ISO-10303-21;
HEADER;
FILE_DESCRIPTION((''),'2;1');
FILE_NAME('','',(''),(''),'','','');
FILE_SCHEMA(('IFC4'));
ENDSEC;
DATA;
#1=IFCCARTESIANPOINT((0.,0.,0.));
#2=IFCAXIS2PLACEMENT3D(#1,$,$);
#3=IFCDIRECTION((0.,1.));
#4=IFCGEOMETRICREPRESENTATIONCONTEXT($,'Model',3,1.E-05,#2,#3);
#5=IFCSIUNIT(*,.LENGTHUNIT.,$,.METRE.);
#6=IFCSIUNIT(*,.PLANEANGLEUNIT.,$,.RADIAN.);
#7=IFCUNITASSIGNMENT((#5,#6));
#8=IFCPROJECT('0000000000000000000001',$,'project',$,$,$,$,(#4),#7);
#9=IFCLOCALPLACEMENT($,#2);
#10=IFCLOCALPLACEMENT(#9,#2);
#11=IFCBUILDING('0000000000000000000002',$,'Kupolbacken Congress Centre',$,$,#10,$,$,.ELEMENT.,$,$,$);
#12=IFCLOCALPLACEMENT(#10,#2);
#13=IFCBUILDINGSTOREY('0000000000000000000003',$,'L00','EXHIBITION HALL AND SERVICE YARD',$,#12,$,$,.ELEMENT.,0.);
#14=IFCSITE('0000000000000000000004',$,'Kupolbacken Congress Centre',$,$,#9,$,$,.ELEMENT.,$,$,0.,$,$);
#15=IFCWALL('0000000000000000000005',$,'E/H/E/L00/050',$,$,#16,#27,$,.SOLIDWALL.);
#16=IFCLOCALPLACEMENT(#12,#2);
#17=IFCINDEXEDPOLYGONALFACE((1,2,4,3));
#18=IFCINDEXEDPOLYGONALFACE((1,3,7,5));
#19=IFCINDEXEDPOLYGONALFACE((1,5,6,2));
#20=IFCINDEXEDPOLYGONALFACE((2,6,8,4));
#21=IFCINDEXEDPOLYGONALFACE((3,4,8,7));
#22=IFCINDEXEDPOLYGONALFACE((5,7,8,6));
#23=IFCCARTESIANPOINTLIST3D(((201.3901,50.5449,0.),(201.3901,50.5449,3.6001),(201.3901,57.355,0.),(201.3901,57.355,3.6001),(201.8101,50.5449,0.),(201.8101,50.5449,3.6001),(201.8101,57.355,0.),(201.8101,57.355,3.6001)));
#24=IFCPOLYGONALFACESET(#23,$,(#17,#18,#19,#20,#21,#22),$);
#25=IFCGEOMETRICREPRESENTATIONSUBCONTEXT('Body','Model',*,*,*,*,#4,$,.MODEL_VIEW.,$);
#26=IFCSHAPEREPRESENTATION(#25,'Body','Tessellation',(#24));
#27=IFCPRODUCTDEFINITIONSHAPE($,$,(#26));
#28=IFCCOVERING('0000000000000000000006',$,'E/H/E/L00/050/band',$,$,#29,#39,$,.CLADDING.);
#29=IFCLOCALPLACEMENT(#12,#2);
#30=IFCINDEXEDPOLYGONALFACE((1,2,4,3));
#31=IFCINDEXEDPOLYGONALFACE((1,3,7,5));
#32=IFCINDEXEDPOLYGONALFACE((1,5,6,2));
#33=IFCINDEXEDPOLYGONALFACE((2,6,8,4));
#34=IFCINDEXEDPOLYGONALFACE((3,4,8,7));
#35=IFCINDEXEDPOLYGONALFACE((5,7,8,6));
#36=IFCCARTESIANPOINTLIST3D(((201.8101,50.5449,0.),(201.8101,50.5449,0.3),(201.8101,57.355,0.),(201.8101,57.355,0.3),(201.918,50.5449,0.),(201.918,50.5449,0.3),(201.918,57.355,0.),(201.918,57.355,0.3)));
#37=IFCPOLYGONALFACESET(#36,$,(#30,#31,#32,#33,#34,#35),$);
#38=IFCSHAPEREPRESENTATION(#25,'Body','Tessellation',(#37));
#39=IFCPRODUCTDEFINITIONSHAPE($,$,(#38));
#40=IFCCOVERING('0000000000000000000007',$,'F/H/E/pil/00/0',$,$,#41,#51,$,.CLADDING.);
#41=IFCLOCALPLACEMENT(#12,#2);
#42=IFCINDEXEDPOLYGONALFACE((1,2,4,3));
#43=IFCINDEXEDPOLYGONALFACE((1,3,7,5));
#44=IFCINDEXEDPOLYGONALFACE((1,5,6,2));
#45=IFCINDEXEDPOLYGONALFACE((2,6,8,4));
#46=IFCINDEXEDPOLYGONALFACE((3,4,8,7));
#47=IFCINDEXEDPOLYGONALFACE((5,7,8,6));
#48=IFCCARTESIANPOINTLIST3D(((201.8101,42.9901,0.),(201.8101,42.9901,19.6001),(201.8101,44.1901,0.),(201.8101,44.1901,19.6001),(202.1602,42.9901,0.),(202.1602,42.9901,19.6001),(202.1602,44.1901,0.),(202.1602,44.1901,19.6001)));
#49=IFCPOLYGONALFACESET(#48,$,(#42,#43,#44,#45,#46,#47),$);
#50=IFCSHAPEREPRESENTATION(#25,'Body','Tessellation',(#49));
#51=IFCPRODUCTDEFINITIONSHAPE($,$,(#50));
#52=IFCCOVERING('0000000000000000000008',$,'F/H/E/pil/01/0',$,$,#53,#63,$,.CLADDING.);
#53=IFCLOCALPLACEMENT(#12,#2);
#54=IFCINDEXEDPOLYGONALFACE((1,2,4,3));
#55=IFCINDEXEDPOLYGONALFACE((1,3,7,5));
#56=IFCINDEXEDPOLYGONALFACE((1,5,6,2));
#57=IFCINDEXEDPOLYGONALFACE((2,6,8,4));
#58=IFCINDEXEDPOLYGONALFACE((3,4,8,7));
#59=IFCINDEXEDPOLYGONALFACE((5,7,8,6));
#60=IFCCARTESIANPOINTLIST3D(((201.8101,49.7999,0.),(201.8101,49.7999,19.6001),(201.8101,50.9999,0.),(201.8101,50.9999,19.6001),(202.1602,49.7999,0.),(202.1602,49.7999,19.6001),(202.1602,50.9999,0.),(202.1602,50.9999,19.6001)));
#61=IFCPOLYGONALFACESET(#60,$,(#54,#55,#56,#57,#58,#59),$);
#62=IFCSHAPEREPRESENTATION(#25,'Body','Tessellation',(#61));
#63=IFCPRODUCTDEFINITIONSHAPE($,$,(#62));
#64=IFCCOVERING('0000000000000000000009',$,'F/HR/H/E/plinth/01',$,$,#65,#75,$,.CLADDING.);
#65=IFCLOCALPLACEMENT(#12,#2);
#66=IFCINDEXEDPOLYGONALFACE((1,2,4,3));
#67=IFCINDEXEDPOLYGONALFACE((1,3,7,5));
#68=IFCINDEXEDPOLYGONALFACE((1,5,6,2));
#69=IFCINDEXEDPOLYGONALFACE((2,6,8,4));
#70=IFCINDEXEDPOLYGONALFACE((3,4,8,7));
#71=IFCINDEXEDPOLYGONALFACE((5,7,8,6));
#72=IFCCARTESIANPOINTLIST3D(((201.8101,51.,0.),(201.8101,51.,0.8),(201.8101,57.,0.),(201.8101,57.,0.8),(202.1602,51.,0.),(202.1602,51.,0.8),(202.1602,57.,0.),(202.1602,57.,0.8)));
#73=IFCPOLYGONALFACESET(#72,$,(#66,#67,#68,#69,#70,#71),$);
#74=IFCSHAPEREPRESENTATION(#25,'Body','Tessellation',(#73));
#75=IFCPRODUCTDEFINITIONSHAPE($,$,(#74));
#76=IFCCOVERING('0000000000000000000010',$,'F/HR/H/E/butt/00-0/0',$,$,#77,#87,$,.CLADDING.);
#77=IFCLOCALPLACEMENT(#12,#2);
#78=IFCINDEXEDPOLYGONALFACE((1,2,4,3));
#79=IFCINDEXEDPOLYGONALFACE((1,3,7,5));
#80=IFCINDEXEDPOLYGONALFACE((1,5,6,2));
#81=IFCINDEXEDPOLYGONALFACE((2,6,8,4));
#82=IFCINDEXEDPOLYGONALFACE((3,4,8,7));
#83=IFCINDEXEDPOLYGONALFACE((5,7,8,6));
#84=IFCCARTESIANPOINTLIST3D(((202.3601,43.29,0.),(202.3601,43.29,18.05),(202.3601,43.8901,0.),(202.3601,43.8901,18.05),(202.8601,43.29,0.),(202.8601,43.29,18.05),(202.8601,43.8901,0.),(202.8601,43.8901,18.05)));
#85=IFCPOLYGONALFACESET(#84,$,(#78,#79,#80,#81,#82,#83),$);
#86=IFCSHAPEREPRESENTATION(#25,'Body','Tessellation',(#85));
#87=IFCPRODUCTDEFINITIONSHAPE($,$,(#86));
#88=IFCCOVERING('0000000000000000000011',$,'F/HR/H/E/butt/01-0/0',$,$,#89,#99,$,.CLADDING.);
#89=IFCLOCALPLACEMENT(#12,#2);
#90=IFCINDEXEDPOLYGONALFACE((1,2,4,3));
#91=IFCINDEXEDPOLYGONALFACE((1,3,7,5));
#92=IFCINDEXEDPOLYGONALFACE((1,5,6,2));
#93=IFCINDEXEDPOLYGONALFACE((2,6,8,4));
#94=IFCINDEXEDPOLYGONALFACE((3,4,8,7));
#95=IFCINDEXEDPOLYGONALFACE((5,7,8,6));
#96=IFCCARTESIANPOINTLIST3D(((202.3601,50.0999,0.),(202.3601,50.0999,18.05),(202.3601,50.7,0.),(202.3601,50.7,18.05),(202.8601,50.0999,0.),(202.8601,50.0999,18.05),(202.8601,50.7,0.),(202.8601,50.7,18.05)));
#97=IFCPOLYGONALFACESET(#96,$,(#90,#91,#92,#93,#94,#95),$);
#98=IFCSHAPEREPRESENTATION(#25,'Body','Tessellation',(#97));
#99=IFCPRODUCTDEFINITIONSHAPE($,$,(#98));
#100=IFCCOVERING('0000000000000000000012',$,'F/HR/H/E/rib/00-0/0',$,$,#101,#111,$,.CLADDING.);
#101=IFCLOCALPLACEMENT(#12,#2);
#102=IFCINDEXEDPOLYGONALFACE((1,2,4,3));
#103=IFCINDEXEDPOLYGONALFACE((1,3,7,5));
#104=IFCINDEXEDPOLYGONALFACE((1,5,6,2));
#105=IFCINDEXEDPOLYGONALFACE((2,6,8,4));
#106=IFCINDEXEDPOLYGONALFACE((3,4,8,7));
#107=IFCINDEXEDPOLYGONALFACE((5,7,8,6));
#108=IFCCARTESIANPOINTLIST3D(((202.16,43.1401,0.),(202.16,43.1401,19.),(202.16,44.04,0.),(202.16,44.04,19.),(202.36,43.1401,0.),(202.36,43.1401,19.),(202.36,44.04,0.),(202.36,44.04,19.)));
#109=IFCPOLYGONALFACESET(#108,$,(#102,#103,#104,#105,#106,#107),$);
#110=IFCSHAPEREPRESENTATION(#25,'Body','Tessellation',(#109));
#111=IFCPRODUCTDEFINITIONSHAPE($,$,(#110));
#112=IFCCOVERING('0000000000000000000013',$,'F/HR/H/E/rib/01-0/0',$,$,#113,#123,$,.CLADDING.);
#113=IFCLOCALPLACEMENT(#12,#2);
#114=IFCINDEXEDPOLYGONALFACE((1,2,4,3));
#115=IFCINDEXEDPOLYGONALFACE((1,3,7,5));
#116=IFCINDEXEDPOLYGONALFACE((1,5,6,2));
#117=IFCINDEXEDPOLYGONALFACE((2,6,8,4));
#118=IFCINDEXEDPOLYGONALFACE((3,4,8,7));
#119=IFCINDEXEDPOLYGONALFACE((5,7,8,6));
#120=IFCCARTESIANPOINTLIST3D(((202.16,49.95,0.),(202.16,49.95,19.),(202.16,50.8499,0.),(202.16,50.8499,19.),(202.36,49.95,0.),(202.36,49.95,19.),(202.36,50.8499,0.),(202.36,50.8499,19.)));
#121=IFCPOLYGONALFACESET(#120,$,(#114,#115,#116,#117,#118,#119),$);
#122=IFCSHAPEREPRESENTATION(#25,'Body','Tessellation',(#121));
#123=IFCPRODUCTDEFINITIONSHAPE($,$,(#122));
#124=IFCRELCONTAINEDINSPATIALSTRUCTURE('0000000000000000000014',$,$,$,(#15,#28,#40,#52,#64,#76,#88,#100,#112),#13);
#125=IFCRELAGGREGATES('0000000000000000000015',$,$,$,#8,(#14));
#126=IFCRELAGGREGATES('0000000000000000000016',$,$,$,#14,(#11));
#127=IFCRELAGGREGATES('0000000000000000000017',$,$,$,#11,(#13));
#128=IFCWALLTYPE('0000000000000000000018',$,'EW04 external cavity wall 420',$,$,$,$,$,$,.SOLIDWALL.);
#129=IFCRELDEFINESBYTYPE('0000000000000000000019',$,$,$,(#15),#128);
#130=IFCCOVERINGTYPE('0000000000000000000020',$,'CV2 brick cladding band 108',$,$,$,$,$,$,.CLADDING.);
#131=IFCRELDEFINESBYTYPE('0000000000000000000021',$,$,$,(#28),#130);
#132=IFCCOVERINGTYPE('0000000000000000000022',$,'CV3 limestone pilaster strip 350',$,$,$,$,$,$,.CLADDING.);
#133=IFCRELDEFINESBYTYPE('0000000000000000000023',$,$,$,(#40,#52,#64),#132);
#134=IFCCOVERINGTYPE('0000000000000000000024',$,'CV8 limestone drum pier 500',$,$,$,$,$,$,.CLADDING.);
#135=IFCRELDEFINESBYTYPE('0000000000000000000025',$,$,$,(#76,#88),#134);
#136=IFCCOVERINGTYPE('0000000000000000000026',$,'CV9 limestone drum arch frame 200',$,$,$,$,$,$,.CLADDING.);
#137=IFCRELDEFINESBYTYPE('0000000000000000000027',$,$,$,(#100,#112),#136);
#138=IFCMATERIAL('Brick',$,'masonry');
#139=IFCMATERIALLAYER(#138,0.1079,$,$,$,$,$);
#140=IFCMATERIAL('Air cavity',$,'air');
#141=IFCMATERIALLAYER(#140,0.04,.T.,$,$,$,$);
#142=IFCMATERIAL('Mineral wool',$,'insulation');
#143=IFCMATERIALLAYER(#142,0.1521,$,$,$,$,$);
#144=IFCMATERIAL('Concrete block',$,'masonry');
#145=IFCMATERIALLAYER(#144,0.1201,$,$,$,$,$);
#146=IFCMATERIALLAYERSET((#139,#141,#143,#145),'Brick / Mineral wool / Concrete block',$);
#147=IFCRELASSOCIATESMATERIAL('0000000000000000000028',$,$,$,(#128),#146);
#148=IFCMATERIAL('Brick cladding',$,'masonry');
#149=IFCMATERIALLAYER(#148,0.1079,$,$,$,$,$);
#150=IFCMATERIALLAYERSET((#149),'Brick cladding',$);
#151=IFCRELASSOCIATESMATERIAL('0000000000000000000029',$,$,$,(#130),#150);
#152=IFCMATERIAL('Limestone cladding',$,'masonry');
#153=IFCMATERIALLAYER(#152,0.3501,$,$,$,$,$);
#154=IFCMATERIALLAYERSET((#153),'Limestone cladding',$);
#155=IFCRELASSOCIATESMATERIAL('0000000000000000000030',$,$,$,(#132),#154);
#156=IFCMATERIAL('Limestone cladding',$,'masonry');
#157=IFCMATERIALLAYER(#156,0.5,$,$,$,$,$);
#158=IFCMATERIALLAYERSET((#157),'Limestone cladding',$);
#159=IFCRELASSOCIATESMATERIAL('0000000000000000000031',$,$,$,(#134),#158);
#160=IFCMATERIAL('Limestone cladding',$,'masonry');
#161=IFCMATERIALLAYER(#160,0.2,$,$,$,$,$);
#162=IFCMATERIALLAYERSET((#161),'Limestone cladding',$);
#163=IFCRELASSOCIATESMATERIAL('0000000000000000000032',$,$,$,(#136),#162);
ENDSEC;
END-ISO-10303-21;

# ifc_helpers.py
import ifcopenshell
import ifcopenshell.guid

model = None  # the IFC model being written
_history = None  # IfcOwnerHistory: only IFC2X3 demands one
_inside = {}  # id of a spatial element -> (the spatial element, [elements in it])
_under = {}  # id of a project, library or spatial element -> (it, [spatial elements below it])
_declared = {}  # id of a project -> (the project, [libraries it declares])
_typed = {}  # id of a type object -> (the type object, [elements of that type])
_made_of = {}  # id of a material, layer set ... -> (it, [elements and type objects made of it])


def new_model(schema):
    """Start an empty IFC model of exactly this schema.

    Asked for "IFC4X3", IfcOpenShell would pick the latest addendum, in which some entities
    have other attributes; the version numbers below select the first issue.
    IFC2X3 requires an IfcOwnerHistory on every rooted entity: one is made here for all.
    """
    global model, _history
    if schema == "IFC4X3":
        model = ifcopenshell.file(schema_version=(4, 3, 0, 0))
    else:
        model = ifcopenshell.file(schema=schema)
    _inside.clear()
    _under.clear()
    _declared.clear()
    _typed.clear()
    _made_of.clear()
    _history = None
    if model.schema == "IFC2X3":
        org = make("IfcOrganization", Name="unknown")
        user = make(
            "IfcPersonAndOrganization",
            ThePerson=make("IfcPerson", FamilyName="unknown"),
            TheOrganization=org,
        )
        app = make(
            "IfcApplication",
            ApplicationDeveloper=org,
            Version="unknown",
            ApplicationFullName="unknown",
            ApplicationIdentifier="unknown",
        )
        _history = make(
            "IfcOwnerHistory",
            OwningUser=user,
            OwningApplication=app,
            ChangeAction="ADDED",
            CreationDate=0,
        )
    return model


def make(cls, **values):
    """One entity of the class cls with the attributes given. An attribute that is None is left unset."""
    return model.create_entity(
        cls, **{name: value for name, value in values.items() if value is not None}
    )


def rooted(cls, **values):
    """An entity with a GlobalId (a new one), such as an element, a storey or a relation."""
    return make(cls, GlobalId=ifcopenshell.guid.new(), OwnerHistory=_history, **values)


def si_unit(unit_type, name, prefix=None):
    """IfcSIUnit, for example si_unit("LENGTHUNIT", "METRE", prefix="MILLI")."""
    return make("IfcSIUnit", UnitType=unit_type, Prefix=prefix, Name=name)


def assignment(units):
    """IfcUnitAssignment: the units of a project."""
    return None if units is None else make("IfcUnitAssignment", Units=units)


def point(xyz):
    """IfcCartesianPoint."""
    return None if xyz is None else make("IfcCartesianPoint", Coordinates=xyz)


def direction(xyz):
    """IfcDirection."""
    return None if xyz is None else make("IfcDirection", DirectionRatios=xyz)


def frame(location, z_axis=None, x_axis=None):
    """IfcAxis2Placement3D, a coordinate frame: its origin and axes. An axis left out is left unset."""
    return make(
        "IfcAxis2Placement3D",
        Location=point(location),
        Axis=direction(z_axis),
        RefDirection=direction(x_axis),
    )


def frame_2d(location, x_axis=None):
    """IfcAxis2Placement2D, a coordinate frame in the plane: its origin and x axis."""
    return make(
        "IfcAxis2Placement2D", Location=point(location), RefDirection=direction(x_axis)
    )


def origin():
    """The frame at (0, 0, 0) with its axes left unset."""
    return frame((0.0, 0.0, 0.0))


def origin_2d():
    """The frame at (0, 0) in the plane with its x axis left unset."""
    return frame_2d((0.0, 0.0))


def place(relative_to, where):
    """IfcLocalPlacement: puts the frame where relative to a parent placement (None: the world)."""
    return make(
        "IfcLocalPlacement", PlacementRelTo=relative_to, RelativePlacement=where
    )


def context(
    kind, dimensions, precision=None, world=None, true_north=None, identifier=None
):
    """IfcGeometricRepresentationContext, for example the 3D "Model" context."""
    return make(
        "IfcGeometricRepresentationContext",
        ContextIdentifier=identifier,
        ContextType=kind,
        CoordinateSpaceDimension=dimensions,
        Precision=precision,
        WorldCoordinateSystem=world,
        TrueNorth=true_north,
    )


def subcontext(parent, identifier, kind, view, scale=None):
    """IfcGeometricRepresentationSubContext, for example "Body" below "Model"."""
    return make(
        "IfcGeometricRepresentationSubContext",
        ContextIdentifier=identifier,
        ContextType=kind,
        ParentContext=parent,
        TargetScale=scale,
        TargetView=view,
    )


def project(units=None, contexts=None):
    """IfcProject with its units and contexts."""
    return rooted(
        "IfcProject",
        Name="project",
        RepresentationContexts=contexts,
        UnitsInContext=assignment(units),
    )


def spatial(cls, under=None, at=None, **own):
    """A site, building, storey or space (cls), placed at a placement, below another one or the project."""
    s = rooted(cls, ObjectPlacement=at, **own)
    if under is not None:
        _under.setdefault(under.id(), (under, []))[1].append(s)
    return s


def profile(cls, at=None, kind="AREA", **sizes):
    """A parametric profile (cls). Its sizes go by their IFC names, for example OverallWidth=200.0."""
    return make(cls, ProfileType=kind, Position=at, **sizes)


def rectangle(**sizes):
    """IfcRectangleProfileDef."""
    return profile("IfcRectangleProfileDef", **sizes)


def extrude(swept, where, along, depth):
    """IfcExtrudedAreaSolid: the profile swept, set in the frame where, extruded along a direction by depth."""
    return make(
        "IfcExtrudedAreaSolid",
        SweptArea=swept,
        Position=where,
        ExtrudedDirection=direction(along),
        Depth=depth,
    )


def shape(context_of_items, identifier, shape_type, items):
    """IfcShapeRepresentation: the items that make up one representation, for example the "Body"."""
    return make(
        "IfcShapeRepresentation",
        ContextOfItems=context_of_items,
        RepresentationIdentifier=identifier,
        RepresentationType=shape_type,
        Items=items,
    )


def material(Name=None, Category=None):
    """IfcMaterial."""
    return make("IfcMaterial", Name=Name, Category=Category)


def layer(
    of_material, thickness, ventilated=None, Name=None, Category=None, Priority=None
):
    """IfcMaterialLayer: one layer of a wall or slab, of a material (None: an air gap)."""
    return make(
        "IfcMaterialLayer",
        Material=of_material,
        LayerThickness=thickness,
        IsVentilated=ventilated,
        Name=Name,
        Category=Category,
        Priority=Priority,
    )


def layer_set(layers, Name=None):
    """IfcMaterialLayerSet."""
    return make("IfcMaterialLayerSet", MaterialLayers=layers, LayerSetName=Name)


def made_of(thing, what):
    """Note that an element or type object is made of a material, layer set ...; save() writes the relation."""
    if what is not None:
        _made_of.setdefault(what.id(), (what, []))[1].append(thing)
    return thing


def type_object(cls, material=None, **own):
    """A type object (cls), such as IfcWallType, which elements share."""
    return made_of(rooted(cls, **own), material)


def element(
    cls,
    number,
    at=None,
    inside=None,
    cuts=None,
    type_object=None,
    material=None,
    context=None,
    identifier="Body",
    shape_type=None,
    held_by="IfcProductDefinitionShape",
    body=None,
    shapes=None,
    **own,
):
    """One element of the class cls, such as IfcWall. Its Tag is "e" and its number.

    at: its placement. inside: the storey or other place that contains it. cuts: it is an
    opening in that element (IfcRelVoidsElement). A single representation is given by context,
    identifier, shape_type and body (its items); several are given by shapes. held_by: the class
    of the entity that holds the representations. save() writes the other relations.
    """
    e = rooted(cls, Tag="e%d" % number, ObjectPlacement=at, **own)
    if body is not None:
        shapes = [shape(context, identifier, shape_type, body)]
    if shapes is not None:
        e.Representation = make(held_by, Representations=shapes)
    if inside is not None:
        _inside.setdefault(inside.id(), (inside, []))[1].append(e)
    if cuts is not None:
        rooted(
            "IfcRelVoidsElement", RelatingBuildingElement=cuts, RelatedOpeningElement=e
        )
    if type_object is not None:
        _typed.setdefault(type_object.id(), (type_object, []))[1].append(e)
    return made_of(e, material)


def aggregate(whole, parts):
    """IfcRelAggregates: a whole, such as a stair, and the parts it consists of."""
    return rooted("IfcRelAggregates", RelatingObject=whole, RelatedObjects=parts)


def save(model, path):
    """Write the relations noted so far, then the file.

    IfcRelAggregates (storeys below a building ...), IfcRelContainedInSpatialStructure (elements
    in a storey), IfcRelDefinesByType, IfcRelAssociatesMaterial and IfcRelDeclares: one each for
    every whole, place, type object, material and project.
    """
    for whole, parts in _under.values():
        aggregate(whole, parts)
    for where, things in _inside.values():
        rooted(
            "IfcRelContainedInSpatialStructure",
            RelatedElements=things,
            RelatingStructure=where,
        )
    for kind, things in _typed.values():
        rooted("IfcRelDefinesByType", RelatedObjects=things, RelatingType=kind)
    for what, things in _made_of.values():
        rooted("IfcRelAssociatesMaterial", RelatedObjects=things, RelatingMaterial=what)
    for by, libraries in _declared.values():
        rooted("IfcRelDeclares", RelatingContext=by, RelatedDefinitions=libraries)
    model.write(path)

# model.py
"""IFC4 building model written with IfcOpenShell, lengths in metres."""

from ifc_helpers import new_model, si_unit, direction, frame, frame_2d, origin, origin_2d, place, context, subcontext, project, spatial, rectangle, extrude, material, layer, layer_set, type_object, element, save


model = new_model("IFC4")

# Units and contexts
model_context = context("Model", 3, precision=1e-05, world=origin(), true_north=direction((0.0, 1.0)))
body_context = subcontext(model_context, "Body", "Model", "MODEL_VIEW")
ifc_project = project(units=[si_unit("LENGTHUNIT", "METRE"), si_unit("PLANEANGLEUNIT", "RADIAN")], contexts=[model_context])

# Site, building, storey
site_placement = place(None, origin())
site = spatial("IfcSite", under=ifc_project, at=site_placement, Name="Kupolbacken Congress Centre", CompositionType="ELEMENT", RefElevation=0.0)
building_placement = place(site_placement, origin())
building = spatial("IfcBuilding", under=site, at=building_placement, Name="Kupolbacken Congress Centre", CompositionType="ELEMENT")
storey_placement = place(building_placement, origin())
storey = spatial("IfcBuildingStorey", under=building, at=storey_placement, Name="L00", Description="EXHIBITION HALL AND SERVICE YARD", CompositionType="ELEMENT", Elevation=0.0)

# Shared definitions
ifc_material_1 = material(Name="Brick", Category="masonry")
ifc_layer_1 = layer(ifc_material_1, 0.1079)
ifc_material_2 = material(Name="Air cavity", Category="air")
ifc_layer_2 = layer(ifc_material_2, 0.04, ventilated=True)
ifc_material_3 = material(Name="Mineral wool", Category="insulation")
ifc_layer_3 = layer(ifc_material_3, 0.1521)
ifc_material_4 = material(Name="Concrete block", Category="masonry")
ifc_layer_4 = layer(ifc_material_4, 0.1201)
ifc_layer_set_1 = layer_set([ifc_layer_1, ifc_layer_2, ifc_layer_3, ifc_layer_4], Name="Brick / Mineral wool / Concrete block")
wall_type = type_object("IfcWallType", Name="EW04 external cavity wall 420", PredefinedType="SOLIDWALL", material=ifc_layer_set_1)

# Wall
wall_1_placement = place(storey_placement, frame((201.6001, 50.5449, 0.0), z_axis=(0.0, 0.0, 1.0), x_axis=(0.0, 1.0, 0.0)))
element("IfcWall", 1, at=wall_1_placement, inside=storey, type_object=wall_type, Name="E/H/E/L00/050", PredefinedType="SOLIDWALL", context=body_context, shape_type="SweptSolid", body=[
    extrude(rectangle(XDim=6.8101, YDim=0.4199, at=frame_2d((3.405, 0.0))), origin(), (0.0, 0.0, 1.0), 3.6001),
])

# Coverings
ifc_material_5 = material(Name="Brick cladding", Category="masonry")
ifc_layer_5 = layer(ifc_material_5, 0.1079)
ifc_layer_set_2 = layer_set([ifc_layer_5], Name="Brick cladding")
covering_type_1 = type_object("IfcCoveringType", Name="CV2 brick cladding band 108", PredefinedType="CLADDING", material=ifc_layer_set_2)
covering_1_placement = place(storey_placement, frame((201.864, 53.95, 0.0), z_axis=(0.0, 0.0, 1.0), x_axis=(0.0, 1.0, 0.0)))
element("IfcCovering", 2, at=covering_1_placement, inside=storey, type_object=covering_type_1, Name="E/H/E/L00/050/band", PredefinedType="CLADDING", context=body_context, shape_type="SweptSolid", body=[
    extrude(rectangle(XDim=6.8101, YDim=0.1079, at=origin_2d()), origin(), (0.0, 0.0, 1.0), 0.3),
])
ifc_material_6 = material(Name="Limestone cladding", Category="masonry")
ifc_layer_6 = layer(ifc_material_6, 0.3501)
ifc_layer_set_3 = layer_set([ifc_layer_6], Name="Limestone cladding")
covering_type_2 = type_object("IfcCoveringType", Name="CV3 limestone pilaster strip 350", PredefinedType="CLADDING", material=ifc_layer_set_3)
for number, where, z_axis, x_axis, name in (
    (3, (201.9851, 43.5901, 0.0), (0.0, 0.0, 1.0), (0.0, 1.0, 0.0), "F/H/E/pil/00/0"),
    (4, (201.9851, 50.3999, 0.0), (0.0, 0.0, 1.0), (0.0, 1.0, 0.0), "F/H/E/pil/01/0"),
):
    element("IfcCovering", number, at=place(storey_placement, frame(where, z_axis=z_axis, x_axis=x_axis)), inside=storey, type_object=covering_type_2, Name=name, PredefinedType="CLADDING", context=body_context, shape_type="SweptSolid", body=[
        extrude(rectangle(XDim=1.2, YDim=0.3501, at=origin_2d()), origin(), (0.0, 0.0, 1.0), 19.6001),
    ])
covering_2_placement = place(storey_placement, frame((201.9851, 54.0, 0.0), z_axis=(0.0, 0.0, 1.0), x_axis=(0.0, 1.0, 0.0)))
element("IfcCovering", 5, at=covering_2_placement, inside=storey, type_object=covering_type_2, Name="F/HR/H/E/plinth/01", PredefinedType="CLADDING", context=body_context, shape_type="SweptSolid", body=[
    extrude(rectangle(XDim=6.0, YDim=0.3501, at=origin_2d()), origin(), (0.0, 0.0, 1.0), 0.8),
])
ifc_material_7 = material(Name="Limestone cladding", Category="masonry")
ifc_layer_7 = layer(ifc_material_7, 0.5)
ifc_layer_set_4 = layer_set([ifc_layer_7], Name="Limestone cladding")
covering_type_3 = type_object("IfcCoveringType", Name="CV8 limestone drum pier 500", PredefinedType="CLADDING", material=ifc_layer_set_4)
for number, where, z_axis, x_axis, name in (
    (6, (202.6101, 43.5901, 0.0), (0.0, 0.0, 1.0), (0.0, 1.0, 0.0), "F/HR/H/E/butt/00-0/0"),
    (7, (202.6101, 50.3999, 0.0), (0.0, 0.0, 1.0), (0.0, 1.0, 0.0), "F/HR/H/E/butt/01-0/0"),
):
    element("IfcCovering", number, at=place(storey_placement, frame(where, z_axis=z_axis, x_axis=x_axis)), inside=storey, type_object=covering_type_3, Name=name, PredefinedType="CLADDING", context=body_context, shape_type="SweptSolid", body=[
        extrude(rectangle(XDim=0.6001, YDim=0.5, at=origin_2d()), origin(), (0.0, 0.0, 1.0), 18.05),
    ])
ifc_material_8 = material(Name="Limestone cladding", Category="masonry")
ifc_layer_8 = layer(ifc_material_8, 0.2)
ifc_layer_set_5 = layer_set([ifc_layer_8], Name="Limestone cladding")
covering_type_4 = type_object("IfcCoveringType", Name="CV9 limestone drum arch frame 200", PredefinedType="CLADDING", material=ifc_layer_set_5)
for number, where, z_axis, x_axis, name in (
    (8, (202.26, 43.5901, 0.0), (0.0, 0.0, 1.0), (0.0, 1.0, 0.0), "F/HR/H/E/rib/00-0/0"),
    (9, (202.26, 50.3999, 0.0), (0.0, 0.0, 1.0), (0.0, 1.0, 0.0), "F/HR/H/E/rib/01-0/0"),
):
    element("IfcCovering", number, at=place(storey_placement, frame(where, z_axis=z_axis, x_axis=x_axis)), inside=storey, type_object=covering_type_4, Name=name, PredefinedType="CLADDING", context=body_context, shape_type="SweptSolid", body=[
        extrude(rectangle(XDim=0.8999, YDim=0.2, at=origin_2d()), origin(), (0.0, 0.0, 1.0), 19.0),
    ])

save(model, "model.ifc")
